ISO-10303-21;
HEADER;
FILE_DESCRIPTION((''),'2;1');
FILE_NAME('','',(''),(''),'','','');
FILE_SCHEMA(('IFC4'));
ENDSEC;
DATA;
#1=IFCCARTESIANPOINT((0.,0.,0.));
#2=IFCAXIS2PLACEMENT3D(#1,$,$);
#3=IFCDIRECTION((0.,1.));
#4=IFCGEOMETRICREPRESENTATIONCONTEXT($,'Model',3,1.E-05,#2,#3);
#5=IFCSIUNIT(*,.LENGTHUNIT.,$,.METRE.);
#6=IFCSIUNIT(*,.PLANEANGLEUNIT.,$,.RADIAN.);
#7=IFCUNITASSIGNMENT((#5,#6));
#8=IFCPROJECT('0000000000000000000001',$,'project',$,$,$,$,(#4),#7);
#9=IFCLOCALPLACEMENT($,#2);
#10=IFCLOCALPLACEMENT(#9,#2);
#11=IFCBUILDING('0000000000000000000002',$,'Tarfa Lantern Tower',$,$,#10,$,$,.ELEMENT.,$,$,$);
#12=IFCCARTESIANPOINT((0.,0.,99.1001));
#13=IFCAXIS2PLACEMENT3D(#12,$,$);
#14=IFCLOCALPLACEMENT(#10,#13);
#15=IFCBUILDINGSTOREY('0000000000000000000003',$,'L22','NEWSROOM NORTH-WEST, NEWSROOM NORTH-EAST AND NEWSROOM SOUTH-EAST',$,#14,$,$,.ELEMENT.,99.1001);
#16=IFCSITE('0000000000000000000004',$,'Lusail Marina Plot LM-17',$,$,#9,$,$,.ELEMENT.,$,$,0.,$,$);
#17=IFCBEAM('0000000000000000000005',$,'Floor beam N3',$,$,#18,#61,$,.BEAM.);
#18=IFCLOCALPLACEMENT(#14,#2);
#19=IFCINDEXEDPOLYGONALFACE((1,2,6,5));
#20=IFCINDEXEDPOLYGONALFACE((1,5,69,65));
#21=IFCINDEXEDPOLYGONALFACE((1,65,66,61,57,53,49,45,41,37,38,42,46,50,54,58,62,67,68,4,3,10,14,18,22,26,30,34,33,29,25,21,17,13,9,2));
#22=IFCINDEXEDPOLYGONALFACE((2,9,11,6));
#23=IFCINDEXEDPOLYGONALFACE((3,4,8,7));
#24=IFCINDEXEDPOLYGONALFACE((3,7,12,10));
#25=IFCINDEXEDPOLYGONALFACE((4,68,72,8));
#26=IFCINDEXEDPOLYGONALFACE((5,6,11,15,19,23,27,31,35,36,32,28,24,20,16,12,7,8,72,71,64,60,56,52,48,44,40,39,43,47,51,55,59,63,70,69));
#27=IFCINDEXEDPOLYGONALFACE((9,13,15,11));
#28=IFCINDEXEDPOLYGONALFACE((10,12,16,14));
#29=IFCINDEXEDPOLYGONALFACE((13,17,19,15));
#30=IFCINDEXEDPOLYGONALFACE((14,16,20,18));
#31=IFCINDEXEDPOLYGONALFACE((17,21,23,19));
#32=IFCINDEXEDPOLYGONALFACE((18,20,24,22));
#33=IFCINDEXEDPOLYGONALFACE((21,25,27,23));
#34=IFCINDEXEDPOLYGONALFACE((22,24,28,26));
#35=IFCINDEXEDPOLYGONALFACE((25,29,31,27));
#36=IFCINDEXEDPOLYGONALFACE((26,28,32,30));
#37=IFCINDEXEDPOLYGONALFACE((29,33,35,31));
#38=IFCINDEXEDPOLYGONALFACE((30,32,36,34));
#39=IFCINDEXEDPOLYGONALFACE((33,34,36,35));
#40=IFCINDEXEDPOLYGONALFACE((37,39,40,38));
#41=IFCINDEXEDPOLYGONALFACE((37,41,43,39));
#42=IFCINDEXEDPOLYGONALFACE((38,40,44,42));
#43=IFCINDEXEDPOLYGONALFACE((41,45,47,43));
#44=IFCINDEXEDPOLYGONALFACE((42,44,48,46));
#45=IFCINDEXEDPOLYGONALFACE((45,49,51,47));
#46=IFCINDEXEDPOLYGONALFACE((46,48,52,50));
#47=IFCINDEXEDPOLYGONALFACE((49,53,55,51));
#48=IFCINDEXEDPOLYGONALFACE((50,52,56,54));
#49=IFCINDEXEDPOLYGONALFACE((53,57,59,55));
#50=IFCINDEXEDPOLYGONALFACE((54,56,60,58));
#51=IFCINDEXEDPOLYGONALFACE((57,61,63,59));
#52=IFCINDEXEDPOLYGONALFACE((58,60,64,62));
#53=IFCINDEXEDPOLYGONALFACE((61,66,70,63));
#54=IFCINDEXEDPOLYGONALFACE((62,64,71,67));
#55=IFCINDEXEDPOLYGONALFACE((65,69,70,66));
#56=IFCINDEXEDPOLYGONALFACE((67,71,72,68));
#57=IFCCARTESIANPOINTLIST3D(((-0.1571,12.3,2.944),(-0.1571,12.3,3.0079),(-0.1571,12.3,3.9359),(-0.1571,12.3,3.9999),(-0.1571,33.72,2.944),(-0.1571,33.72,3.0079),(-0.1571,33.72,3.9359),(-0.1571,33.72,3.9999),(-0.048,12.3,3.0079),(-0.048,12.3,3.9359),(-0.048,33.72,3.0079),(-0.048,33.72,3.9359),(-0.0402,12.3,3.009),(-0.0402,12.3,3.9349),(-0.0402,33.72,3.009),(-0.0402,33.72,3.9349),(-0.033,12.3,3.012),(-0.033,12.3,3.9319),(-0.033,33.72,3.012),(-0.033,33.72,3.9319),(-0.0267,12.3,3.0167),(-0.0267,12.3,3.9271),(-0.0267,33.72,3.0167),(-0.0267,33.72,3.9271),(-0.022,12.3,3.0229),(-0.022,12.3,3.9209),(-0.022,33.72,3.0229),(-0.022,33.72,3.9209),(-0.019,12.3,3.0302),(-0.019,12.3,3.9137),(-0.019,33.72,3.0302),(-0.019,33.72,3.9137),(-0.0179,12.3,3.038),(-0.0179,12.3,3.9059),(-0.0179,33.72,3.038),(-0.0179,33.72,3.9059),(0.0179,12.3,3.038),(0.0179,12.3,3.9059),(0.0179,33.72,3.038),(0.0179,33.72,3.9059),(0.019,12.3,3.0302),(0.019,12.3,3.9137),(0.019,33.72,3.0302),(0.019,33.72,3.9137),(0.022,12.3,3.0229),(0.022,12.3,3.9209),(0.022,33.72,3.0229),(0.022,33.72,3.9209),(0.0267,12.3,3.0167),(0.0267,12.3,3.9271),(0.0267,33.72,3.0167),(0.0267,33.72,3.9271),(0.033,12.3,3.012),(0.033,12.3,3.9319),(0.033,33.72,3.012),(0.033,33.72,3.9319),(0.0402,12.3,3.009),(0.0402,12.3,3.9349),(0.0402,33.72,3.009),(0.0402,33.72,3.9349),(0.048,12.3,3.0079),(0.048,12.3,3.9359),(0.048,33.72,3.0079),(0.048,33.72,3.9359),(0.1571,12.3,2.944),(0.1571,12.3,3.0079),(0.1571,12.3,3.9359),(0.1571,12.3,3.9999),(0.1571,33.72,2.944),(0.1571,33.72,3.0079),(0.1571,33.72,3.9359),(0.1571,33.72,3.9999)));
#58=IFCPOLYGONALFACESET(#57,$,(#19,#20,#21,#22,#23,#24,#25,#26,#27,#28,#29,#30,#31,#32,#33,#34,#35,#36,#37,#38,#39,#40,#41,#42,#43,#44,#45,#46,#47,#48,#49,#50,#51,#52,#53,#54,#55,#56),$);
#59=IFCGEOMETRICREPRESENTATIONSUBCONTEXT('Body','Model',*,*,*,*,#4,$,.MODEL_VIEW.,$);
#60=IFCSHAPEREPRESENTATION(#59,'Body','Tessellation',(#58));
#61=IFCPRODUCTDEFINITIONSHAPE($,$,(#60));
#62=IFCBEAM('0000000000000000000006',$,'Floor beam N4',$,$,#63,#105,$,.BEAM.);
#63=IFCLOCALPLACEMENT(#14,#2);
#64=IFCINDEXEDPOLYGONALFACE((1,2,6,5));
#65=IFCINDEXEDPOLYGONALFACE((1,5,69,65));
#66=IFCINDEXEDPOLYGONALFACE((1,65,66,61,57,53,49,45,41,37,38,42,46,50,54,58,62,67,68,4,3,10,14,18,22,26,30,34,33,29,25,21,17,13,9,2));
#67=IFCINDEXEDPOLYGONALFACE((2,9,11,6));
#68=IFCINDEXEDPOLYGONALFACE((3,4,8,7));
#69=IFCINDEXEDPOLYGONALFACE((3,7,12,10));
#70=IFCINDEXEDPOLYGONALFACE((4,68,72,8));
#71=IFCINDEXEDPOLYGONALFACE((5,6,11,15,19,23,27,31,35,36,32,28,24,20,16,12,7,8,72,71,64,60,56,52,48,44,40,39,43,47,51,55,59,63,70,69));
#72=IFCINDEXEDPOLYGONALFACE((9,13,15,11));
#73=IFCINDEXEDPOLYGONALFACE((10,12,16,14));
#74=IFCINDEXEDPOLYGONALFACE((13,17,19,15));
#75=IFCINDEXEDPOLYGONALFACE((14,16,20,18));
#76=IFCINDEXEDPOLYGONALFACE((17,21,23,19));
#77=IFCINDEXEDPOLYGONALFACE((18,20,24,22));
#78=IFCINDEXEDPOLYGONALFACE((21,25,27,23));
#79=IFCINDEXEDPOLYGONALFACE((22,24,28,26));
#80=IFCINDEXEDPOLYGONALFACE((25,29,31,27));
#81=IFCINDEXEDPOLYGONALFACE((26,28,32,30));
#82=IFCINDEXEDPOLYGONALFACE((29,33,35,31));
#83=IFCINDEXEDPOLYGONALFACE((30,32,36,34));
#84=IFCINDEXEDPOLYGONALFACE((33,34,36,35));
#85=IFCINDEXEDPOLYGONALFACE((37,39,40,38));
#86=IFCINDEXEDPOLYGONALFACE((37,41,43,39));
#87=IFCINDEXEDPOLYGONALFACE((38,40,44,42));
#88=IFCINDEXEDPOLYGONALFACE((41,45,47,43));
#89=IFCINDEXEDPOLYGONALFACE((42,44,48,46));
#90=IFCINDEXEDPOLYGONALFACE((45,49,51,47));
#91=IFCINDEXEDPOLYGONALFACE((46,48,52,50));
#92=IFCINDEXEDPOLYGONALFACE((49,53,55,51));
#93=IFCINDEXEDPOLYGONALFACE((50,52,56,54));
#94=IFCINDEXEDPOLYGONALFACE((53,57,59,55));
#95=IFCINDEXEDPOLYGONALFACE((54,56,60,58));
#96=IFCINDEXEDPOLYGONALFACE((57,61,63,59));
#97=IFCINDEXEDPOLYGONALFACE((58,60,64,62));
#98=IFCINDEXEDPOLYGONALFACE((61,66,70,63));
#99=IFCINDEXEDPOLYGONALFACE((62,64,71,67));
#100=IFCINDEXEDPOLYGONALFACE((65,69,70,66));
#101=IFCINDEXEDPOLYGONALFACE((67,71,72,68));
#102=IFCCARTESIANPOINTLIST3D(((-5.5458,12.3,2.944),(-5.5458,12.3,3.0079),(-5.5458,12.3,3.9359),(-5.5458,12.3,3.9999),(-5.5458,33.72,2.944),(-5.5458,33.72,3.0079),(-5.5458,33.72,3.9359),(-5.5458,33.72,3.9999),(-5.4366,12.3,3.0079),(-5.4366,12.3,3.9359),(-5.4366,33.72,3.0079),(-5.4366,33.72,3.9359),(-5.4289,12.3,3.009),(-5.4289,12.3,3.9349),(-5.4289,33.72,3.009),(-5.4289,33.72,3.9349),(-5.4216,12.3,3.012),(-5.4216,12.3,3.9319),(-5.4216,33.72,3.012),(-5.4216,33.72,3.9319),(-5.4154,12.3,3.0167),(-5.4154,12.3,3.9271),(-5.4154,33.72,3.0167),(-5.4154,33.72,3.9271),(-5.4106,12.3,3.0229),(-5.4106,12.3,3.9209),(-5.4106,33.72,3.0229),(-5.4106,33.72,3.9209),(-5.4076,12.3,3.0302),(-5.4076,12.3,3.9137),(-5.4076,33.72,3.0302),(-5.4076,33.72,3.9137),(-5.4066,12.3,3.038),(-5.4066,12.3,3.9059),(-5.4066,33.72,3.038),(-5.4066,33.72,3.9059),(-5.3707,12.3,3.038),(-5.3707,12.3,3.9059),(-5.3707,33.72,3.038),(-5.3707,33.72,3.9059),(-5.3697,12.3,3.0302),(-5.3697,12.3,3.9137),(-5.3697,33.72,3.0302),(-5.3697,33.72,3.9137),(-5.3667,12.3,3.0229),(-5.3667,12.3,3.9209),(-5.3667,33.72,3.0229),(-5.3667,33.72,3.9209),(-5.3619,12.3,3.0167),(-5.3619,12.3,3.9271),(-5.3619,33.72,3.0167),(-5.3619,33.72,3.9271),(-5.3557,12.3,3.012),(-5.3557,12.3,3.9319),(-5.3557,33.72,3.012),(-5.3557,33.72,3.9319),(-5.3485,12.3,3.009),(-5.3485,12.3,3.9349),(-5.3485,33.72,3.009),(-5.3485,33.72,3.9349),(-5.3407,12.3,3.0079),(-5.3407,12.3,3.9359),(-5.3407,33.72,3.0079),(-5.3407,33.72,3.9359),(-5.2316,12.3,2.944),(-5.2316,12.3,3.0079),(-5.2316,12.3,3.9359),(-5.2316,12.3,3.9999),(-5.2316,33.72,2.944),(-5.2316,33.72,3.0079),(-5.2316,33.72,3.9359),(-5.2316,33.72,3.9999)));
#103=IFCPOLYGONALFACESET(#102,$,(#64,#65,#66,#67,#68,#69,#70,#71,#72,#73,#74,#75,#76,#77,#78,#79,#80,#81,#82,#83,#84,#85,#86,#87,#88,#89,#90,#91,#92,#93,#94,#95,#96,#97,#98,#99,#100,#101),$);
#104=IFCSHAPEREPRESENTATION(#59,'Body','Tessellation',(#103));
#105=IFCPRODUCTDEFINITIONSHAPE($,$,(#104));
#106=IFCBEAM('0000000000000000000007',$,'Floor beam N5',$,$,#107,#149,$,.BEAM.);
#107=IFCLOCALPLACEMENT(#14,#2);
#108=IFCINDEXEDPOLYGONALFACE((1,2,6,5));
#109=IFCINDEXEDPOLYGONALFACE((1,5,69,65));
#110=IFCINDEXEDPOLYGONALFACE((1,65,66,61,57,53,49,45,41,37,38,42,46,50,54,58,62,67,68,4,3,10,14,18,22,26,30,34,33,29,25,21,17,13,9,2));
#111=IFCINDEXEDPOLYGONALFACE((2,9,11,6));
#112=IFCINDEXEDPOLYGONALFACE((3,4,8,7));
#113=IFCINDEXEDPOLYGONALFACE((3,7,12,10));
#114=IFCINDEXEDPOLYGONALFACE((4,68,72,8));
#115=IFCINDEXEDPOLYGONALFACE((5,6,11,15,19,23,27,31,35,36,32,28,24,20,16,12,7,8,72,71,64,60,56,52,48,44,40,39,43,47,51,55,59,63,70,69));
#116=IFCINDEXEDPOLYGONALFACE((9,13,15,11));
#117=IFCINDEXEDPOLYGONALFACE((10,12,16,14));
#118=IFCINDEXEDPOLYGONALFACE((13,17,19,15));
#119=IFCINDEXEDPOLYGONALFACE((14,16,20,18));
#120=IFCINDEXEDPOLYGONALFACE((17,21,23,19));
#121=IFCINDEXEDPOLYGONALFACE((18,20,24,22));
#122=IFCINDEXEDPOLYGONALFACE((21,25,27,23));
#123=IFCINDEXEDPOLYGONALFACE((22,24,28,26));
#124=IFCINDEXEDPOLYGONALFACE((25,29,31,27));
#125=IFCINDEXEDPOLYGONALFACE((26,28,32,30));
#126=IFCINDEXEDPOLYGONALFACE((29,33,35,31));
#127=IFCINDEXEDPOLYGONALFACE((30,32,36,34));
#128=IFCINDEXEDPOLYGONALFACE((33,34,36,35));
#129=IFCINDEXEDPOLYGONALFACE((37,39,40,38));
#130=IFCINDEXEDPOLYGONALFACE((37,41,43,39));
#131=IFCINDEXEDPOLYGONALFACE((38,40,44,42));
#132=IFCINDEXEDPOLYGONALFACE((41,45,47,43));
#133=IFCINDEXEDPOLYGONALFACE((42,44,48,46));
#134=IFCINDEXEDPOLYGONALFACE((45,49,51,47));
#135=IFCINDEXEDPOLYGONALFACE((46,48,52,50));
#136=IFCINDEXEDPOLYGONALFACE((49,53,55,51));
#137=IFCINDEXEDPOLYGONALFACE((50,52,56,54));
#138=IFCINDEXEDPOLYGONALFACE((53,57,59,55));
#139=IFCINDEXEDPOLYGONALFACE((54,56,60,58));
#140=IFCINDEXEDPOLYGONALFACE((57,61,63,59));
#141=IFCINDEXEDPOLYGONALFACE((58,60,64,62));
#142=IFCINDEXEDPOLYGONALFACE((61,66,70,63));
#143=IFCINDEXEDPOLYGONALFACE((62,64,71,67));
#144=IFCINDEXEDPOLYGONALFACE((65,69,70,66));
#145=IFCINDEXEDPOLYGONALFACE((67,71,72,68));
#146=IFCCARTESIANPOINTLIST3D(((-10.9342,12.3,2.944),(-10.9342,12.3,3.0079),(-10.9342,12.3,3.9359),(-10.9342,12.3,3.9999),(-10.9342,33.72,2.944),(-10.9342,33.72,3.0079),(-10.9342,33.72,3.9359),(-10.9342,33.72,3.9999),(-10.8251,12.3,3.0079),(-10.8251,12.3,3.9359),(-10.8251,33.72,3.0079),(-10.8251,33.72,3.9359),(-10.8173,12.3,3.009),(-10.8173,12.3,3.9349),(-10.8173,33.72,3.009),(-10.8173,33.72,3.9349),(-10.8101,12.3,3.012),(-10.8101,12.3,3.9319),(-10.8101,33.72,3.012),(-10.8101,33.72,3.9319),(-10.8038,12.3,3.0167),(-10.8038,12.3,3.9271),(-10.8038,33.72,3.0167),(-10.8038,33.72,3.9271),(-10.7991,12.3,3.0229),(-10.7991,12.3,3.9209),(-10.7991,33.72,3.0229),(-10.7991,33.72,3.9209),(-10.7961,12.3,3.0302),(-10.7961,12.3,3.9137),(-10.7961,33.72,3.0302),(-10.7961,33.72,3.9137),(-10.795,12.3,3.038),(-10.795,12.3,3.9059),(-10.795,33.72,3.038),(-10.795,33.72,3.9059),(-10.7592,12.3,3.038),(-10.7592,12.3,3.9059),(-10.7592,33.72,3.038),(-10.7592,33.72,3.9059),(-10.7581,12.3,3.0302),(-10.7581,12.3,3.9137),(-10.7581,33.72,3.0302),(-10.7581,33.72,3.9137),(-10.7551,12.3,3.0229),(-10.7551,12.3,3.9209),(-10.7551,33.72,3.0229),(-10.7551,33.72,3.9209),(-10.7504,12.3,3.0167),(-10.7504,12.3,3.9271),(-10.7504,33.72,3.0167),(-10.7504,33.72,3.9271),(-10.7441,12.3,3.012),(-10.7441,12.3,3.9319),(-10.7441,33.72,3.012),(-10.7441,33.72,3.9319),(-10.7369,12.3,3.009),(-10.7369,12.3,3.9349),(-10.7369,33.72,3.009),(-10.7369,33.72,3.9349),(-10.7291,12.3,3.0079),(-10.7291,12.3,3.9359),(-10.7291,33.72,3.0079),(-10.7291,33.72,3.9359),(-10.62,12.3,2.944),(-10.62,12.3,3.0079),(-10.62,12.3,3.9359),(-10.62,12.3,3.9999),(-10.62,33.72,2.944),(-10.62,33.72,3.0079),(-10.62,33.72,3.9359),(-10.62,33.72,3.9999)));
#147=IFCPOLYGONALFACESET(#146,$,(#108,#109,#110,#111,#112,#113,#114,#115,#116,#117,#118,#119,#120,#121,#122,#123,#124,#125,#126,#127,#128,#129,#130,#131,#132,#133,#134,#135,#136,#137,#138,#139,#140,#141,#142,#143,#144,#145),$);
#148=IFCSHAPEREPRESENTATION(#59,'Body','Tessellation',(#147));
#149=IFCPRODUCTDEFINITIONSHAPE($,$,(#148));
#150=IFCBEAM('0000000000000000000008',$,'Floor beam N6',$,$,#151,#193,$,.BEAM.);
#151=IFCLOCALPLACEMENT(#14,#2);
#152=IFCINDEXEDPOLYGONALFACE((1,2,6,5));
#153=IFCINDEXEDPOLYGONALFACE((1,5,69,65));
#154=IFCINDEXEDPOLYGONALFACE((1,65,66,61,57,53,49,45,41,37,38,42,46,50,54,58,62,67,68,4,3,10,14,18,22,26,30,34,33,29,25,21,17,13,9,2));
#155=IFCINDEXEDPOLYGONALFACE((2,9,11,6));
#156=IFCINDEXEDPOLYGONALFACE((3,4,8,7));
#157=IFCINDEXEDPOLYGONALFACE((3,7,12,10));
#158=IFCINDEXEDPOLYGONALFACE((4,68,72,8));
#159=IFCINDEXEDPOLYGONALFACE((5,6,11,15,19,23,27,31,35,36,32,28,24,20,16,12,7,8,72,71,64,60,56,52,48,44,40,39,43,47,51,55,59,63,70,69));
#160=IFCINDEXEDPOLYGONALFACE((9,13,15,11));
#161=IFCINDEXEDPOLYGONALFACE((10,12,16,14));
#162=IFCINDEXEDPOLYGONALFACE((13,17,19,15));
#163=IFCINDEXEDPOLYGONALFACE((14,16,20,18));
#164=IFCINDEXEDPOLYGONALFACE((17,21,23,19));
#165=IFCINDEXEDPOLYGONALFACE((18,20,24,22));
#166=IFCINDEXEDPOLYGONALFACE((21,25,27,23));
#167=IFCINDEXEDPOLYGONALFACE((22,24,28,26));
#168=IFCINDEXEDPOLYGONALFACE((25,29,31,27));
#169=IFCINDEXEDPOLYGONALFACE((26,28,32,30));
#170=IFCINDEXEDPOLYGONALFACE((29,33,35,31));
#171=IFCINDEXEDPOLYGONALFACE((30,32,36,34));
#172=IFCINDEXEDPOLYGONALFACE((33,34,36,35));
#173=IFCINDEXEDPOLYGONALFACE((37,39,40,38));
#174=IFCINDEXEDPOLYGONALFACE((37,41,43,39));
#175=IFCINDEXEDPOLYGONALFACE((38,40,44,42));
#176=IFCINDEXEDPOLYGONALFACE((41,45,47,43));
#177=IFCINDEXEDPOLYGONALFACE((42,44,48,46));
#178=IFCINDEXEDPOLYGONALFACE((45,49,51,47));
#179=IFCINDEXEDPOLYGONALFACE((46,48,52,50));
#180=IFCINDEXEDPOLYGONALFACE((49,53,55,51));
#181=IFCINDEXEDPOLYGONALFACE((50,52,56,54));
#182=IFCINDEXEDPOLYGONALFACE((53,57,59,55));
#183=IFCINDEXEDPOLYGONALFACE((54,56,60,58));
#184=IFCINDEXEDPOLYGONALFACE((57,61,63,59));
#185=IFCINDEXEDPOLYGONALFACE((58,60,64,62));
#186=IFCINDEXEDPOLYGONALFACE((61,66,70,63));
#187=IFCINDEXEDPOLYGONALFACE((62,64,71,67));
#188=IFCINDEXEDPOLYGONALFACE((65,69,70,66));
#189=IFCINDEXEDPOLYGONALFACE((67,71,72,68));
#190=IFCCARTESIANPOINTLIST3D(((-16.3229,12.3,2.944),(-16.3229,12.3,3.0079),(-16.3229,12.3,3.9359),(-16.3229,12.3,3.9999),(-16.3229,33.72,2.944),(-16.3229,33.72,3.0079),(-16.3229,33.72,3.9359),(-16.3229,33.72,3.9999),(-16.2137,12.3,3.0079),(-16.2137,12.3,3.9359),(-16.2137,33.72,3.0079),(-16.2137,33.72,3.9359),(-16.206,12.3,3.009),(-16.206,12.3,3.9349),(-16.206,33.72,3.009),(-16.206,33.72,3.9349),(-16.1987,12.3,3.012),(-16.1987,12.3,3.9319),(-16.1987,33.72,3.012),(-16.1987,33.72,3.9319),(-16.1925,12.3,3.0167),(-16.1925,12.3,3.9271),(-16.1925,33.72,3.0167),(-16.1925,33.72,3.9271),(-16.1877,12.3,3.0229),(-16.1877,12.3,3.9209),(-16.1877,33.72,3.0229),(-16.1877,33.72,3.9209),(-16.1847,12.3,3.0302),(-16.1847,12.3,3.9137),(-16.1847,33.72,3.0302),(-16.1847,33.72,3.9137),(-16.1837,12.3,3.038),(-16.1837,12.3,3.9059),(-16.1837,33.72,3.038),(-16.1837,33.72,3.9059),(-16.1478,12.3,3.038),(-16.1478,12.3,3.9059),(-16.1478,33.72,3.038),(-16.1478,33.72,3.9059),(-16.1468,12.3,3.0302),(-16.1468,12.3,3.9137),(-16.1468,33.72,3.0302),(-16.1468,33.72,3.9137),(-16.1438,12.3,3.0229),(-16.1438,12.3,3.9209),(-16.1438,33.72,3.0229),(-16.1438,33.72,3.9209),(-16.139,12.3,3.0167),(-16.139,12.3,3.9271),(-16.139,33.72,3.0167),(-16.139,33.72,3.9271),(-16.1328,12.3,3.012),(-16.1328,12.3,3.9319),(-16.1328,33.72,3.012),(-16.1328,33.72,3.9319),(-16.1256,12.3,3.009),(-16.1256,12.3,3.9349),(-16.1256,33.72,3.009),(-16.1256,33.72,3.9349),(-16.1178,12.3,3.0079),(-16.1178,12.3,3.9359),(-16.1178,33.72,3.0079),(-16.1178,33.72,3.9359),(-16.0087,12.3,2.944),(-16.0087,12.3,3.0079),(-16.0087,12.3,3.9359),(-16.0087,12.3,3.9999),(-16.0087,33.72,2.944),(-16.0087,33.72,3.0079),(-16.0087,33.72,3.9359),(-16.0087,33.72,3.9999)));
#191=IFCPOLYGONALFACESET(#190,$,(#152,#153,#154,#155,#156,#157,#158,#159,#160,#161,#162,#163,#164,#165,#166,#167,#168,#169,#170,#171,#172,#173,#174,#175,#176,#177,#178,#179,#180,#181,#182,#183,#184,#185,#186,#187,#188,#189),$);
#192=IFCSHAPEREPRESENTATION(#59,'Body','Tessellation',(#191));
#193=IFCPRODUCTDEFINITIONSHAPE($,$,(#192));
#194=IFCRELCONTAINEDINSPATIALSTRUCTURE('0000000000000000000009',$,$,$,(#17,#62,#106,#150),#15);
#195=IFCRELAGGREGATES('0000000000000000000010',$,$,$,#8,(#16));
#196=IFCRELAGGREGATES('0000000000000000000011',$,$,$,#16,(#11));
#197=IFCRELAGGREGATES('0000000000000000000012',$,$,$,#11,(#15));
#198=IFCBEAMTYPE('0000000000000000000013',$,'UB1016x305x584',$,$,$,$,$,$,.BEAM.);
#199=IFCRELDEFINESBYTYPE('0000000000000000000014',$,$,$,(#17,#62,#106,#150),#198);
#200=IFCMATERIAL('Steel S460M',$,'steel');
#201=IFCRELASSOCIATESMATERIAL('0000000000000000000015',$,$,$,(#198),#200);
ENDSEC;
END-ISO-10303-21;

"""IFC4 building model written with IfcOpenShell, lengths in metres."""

from ifc_helpers import new_model, si_unit, direction, frame, origin, origin_2d, place, context, subcontext, project, spatial, i_section, extrude, material, material_profile, profile_set, type_object, element, save


model = new_model("IFC4")

# Units and contexts
model_context = context("Model", 3, precision=1e-05, world=origin(), true_north=direction((0.0, 1.0)))
body_context = subcontext(model_context, "Body", "Model", "MODEL_VIEW")
ifc_project = project(units=[si_unit("LENGTHUNIT", "METRE"), si_unit("PLANEANGLEUNIT", "RADIAN")], contexts=[model_context])

# Site, building, storey
site_placement = place(None, origin())
site = spatial("IfcSite", under=ifc_project, at=site_placement, Name="Lusail Marina Plot LM-17", CompositionType="ELEMENT", RefElevation=0.0)
building_placement = place(site_placement, origin())
building = spatial("IfcBuilding", under=site, at=building_placement, Name="Tarfa Lantern Tower", CompositionType="ELEMENT")
storey_placement = place(building_placement, frame((0.0, 0.0, 99.1001)))
storey = spatial("IfcBuildingStorey", under=building, at=storey_placement, Name="L22", Description="NEWSROOM NORTH-WEST, NEWSROOM NORTH-EAST AND NEWSROOM SOUTH-EAST", CompositionType="ELEMENT", Elevation=99.1001)

# Beams
ifc_material_1 = material(Name="Steel S460M", Category="steel")
ifc_material_profile_1 = material_profile(ifc_material_1, i_section(OverallWidth=0.3142, OverallDepth=1.0559, WebThickness=0.0359, FlangeThickness=0.064, FilletRadius=0.03, at=origin_2d()), Name="UB1016x305x584")
ifc_profile_set_1 = profile_set([ifc_material_profile_1], Name="Steel S460M")
beam_type_1 = type_object("IfcBeamType", Name="UB1016x305x584", PredefinedType="BEAM", material=ifc_profile_set_1)
for number, where, z_axis, x_axis, name in (
    (1, (0.0, 33.72, 3.4719), (0.0, -1.0, 0.0), (1.0, 0.0, 0.0), "Floor beam N3"),
    (2, (-5.3887, 33.72, 3.4719), (0.0, -1.0, 0.0), (1.0, 0.0, 0.0), "Floor beam N4"),
    (3, (-10.7771, 33.72, 3.4719), (0.0, -1.0, 0.0), (1.0, 0.0, 0.0), "Floor beam N5"),
    (4, (-16.1658, 33.72, 3.4719), (0.0, -1.0, 0.0), (1.0, 0.0, 0.0), "Floor beam N6"),
):
    element("IfcBeam", number, at=place(storey_placement, frame(where, z_axis=z_axis, x_axis=x_axis)), inside=storey, type_object=beam_type_1, Name=name, PredefinedType="BEAM", context=body_context, shape_type="SweptSolid", body=[
        extrude(i_section(OverallWidth=0.3142, OverallDepth=1.0559, WebThickness=0.0359, FlangeThickness=0.064, FilletRadius=0.03, at=origin_2d()), origin(), (0.0, 0.0, 1.0), 21.4199),
    ])

save(model, "model.ifc")
